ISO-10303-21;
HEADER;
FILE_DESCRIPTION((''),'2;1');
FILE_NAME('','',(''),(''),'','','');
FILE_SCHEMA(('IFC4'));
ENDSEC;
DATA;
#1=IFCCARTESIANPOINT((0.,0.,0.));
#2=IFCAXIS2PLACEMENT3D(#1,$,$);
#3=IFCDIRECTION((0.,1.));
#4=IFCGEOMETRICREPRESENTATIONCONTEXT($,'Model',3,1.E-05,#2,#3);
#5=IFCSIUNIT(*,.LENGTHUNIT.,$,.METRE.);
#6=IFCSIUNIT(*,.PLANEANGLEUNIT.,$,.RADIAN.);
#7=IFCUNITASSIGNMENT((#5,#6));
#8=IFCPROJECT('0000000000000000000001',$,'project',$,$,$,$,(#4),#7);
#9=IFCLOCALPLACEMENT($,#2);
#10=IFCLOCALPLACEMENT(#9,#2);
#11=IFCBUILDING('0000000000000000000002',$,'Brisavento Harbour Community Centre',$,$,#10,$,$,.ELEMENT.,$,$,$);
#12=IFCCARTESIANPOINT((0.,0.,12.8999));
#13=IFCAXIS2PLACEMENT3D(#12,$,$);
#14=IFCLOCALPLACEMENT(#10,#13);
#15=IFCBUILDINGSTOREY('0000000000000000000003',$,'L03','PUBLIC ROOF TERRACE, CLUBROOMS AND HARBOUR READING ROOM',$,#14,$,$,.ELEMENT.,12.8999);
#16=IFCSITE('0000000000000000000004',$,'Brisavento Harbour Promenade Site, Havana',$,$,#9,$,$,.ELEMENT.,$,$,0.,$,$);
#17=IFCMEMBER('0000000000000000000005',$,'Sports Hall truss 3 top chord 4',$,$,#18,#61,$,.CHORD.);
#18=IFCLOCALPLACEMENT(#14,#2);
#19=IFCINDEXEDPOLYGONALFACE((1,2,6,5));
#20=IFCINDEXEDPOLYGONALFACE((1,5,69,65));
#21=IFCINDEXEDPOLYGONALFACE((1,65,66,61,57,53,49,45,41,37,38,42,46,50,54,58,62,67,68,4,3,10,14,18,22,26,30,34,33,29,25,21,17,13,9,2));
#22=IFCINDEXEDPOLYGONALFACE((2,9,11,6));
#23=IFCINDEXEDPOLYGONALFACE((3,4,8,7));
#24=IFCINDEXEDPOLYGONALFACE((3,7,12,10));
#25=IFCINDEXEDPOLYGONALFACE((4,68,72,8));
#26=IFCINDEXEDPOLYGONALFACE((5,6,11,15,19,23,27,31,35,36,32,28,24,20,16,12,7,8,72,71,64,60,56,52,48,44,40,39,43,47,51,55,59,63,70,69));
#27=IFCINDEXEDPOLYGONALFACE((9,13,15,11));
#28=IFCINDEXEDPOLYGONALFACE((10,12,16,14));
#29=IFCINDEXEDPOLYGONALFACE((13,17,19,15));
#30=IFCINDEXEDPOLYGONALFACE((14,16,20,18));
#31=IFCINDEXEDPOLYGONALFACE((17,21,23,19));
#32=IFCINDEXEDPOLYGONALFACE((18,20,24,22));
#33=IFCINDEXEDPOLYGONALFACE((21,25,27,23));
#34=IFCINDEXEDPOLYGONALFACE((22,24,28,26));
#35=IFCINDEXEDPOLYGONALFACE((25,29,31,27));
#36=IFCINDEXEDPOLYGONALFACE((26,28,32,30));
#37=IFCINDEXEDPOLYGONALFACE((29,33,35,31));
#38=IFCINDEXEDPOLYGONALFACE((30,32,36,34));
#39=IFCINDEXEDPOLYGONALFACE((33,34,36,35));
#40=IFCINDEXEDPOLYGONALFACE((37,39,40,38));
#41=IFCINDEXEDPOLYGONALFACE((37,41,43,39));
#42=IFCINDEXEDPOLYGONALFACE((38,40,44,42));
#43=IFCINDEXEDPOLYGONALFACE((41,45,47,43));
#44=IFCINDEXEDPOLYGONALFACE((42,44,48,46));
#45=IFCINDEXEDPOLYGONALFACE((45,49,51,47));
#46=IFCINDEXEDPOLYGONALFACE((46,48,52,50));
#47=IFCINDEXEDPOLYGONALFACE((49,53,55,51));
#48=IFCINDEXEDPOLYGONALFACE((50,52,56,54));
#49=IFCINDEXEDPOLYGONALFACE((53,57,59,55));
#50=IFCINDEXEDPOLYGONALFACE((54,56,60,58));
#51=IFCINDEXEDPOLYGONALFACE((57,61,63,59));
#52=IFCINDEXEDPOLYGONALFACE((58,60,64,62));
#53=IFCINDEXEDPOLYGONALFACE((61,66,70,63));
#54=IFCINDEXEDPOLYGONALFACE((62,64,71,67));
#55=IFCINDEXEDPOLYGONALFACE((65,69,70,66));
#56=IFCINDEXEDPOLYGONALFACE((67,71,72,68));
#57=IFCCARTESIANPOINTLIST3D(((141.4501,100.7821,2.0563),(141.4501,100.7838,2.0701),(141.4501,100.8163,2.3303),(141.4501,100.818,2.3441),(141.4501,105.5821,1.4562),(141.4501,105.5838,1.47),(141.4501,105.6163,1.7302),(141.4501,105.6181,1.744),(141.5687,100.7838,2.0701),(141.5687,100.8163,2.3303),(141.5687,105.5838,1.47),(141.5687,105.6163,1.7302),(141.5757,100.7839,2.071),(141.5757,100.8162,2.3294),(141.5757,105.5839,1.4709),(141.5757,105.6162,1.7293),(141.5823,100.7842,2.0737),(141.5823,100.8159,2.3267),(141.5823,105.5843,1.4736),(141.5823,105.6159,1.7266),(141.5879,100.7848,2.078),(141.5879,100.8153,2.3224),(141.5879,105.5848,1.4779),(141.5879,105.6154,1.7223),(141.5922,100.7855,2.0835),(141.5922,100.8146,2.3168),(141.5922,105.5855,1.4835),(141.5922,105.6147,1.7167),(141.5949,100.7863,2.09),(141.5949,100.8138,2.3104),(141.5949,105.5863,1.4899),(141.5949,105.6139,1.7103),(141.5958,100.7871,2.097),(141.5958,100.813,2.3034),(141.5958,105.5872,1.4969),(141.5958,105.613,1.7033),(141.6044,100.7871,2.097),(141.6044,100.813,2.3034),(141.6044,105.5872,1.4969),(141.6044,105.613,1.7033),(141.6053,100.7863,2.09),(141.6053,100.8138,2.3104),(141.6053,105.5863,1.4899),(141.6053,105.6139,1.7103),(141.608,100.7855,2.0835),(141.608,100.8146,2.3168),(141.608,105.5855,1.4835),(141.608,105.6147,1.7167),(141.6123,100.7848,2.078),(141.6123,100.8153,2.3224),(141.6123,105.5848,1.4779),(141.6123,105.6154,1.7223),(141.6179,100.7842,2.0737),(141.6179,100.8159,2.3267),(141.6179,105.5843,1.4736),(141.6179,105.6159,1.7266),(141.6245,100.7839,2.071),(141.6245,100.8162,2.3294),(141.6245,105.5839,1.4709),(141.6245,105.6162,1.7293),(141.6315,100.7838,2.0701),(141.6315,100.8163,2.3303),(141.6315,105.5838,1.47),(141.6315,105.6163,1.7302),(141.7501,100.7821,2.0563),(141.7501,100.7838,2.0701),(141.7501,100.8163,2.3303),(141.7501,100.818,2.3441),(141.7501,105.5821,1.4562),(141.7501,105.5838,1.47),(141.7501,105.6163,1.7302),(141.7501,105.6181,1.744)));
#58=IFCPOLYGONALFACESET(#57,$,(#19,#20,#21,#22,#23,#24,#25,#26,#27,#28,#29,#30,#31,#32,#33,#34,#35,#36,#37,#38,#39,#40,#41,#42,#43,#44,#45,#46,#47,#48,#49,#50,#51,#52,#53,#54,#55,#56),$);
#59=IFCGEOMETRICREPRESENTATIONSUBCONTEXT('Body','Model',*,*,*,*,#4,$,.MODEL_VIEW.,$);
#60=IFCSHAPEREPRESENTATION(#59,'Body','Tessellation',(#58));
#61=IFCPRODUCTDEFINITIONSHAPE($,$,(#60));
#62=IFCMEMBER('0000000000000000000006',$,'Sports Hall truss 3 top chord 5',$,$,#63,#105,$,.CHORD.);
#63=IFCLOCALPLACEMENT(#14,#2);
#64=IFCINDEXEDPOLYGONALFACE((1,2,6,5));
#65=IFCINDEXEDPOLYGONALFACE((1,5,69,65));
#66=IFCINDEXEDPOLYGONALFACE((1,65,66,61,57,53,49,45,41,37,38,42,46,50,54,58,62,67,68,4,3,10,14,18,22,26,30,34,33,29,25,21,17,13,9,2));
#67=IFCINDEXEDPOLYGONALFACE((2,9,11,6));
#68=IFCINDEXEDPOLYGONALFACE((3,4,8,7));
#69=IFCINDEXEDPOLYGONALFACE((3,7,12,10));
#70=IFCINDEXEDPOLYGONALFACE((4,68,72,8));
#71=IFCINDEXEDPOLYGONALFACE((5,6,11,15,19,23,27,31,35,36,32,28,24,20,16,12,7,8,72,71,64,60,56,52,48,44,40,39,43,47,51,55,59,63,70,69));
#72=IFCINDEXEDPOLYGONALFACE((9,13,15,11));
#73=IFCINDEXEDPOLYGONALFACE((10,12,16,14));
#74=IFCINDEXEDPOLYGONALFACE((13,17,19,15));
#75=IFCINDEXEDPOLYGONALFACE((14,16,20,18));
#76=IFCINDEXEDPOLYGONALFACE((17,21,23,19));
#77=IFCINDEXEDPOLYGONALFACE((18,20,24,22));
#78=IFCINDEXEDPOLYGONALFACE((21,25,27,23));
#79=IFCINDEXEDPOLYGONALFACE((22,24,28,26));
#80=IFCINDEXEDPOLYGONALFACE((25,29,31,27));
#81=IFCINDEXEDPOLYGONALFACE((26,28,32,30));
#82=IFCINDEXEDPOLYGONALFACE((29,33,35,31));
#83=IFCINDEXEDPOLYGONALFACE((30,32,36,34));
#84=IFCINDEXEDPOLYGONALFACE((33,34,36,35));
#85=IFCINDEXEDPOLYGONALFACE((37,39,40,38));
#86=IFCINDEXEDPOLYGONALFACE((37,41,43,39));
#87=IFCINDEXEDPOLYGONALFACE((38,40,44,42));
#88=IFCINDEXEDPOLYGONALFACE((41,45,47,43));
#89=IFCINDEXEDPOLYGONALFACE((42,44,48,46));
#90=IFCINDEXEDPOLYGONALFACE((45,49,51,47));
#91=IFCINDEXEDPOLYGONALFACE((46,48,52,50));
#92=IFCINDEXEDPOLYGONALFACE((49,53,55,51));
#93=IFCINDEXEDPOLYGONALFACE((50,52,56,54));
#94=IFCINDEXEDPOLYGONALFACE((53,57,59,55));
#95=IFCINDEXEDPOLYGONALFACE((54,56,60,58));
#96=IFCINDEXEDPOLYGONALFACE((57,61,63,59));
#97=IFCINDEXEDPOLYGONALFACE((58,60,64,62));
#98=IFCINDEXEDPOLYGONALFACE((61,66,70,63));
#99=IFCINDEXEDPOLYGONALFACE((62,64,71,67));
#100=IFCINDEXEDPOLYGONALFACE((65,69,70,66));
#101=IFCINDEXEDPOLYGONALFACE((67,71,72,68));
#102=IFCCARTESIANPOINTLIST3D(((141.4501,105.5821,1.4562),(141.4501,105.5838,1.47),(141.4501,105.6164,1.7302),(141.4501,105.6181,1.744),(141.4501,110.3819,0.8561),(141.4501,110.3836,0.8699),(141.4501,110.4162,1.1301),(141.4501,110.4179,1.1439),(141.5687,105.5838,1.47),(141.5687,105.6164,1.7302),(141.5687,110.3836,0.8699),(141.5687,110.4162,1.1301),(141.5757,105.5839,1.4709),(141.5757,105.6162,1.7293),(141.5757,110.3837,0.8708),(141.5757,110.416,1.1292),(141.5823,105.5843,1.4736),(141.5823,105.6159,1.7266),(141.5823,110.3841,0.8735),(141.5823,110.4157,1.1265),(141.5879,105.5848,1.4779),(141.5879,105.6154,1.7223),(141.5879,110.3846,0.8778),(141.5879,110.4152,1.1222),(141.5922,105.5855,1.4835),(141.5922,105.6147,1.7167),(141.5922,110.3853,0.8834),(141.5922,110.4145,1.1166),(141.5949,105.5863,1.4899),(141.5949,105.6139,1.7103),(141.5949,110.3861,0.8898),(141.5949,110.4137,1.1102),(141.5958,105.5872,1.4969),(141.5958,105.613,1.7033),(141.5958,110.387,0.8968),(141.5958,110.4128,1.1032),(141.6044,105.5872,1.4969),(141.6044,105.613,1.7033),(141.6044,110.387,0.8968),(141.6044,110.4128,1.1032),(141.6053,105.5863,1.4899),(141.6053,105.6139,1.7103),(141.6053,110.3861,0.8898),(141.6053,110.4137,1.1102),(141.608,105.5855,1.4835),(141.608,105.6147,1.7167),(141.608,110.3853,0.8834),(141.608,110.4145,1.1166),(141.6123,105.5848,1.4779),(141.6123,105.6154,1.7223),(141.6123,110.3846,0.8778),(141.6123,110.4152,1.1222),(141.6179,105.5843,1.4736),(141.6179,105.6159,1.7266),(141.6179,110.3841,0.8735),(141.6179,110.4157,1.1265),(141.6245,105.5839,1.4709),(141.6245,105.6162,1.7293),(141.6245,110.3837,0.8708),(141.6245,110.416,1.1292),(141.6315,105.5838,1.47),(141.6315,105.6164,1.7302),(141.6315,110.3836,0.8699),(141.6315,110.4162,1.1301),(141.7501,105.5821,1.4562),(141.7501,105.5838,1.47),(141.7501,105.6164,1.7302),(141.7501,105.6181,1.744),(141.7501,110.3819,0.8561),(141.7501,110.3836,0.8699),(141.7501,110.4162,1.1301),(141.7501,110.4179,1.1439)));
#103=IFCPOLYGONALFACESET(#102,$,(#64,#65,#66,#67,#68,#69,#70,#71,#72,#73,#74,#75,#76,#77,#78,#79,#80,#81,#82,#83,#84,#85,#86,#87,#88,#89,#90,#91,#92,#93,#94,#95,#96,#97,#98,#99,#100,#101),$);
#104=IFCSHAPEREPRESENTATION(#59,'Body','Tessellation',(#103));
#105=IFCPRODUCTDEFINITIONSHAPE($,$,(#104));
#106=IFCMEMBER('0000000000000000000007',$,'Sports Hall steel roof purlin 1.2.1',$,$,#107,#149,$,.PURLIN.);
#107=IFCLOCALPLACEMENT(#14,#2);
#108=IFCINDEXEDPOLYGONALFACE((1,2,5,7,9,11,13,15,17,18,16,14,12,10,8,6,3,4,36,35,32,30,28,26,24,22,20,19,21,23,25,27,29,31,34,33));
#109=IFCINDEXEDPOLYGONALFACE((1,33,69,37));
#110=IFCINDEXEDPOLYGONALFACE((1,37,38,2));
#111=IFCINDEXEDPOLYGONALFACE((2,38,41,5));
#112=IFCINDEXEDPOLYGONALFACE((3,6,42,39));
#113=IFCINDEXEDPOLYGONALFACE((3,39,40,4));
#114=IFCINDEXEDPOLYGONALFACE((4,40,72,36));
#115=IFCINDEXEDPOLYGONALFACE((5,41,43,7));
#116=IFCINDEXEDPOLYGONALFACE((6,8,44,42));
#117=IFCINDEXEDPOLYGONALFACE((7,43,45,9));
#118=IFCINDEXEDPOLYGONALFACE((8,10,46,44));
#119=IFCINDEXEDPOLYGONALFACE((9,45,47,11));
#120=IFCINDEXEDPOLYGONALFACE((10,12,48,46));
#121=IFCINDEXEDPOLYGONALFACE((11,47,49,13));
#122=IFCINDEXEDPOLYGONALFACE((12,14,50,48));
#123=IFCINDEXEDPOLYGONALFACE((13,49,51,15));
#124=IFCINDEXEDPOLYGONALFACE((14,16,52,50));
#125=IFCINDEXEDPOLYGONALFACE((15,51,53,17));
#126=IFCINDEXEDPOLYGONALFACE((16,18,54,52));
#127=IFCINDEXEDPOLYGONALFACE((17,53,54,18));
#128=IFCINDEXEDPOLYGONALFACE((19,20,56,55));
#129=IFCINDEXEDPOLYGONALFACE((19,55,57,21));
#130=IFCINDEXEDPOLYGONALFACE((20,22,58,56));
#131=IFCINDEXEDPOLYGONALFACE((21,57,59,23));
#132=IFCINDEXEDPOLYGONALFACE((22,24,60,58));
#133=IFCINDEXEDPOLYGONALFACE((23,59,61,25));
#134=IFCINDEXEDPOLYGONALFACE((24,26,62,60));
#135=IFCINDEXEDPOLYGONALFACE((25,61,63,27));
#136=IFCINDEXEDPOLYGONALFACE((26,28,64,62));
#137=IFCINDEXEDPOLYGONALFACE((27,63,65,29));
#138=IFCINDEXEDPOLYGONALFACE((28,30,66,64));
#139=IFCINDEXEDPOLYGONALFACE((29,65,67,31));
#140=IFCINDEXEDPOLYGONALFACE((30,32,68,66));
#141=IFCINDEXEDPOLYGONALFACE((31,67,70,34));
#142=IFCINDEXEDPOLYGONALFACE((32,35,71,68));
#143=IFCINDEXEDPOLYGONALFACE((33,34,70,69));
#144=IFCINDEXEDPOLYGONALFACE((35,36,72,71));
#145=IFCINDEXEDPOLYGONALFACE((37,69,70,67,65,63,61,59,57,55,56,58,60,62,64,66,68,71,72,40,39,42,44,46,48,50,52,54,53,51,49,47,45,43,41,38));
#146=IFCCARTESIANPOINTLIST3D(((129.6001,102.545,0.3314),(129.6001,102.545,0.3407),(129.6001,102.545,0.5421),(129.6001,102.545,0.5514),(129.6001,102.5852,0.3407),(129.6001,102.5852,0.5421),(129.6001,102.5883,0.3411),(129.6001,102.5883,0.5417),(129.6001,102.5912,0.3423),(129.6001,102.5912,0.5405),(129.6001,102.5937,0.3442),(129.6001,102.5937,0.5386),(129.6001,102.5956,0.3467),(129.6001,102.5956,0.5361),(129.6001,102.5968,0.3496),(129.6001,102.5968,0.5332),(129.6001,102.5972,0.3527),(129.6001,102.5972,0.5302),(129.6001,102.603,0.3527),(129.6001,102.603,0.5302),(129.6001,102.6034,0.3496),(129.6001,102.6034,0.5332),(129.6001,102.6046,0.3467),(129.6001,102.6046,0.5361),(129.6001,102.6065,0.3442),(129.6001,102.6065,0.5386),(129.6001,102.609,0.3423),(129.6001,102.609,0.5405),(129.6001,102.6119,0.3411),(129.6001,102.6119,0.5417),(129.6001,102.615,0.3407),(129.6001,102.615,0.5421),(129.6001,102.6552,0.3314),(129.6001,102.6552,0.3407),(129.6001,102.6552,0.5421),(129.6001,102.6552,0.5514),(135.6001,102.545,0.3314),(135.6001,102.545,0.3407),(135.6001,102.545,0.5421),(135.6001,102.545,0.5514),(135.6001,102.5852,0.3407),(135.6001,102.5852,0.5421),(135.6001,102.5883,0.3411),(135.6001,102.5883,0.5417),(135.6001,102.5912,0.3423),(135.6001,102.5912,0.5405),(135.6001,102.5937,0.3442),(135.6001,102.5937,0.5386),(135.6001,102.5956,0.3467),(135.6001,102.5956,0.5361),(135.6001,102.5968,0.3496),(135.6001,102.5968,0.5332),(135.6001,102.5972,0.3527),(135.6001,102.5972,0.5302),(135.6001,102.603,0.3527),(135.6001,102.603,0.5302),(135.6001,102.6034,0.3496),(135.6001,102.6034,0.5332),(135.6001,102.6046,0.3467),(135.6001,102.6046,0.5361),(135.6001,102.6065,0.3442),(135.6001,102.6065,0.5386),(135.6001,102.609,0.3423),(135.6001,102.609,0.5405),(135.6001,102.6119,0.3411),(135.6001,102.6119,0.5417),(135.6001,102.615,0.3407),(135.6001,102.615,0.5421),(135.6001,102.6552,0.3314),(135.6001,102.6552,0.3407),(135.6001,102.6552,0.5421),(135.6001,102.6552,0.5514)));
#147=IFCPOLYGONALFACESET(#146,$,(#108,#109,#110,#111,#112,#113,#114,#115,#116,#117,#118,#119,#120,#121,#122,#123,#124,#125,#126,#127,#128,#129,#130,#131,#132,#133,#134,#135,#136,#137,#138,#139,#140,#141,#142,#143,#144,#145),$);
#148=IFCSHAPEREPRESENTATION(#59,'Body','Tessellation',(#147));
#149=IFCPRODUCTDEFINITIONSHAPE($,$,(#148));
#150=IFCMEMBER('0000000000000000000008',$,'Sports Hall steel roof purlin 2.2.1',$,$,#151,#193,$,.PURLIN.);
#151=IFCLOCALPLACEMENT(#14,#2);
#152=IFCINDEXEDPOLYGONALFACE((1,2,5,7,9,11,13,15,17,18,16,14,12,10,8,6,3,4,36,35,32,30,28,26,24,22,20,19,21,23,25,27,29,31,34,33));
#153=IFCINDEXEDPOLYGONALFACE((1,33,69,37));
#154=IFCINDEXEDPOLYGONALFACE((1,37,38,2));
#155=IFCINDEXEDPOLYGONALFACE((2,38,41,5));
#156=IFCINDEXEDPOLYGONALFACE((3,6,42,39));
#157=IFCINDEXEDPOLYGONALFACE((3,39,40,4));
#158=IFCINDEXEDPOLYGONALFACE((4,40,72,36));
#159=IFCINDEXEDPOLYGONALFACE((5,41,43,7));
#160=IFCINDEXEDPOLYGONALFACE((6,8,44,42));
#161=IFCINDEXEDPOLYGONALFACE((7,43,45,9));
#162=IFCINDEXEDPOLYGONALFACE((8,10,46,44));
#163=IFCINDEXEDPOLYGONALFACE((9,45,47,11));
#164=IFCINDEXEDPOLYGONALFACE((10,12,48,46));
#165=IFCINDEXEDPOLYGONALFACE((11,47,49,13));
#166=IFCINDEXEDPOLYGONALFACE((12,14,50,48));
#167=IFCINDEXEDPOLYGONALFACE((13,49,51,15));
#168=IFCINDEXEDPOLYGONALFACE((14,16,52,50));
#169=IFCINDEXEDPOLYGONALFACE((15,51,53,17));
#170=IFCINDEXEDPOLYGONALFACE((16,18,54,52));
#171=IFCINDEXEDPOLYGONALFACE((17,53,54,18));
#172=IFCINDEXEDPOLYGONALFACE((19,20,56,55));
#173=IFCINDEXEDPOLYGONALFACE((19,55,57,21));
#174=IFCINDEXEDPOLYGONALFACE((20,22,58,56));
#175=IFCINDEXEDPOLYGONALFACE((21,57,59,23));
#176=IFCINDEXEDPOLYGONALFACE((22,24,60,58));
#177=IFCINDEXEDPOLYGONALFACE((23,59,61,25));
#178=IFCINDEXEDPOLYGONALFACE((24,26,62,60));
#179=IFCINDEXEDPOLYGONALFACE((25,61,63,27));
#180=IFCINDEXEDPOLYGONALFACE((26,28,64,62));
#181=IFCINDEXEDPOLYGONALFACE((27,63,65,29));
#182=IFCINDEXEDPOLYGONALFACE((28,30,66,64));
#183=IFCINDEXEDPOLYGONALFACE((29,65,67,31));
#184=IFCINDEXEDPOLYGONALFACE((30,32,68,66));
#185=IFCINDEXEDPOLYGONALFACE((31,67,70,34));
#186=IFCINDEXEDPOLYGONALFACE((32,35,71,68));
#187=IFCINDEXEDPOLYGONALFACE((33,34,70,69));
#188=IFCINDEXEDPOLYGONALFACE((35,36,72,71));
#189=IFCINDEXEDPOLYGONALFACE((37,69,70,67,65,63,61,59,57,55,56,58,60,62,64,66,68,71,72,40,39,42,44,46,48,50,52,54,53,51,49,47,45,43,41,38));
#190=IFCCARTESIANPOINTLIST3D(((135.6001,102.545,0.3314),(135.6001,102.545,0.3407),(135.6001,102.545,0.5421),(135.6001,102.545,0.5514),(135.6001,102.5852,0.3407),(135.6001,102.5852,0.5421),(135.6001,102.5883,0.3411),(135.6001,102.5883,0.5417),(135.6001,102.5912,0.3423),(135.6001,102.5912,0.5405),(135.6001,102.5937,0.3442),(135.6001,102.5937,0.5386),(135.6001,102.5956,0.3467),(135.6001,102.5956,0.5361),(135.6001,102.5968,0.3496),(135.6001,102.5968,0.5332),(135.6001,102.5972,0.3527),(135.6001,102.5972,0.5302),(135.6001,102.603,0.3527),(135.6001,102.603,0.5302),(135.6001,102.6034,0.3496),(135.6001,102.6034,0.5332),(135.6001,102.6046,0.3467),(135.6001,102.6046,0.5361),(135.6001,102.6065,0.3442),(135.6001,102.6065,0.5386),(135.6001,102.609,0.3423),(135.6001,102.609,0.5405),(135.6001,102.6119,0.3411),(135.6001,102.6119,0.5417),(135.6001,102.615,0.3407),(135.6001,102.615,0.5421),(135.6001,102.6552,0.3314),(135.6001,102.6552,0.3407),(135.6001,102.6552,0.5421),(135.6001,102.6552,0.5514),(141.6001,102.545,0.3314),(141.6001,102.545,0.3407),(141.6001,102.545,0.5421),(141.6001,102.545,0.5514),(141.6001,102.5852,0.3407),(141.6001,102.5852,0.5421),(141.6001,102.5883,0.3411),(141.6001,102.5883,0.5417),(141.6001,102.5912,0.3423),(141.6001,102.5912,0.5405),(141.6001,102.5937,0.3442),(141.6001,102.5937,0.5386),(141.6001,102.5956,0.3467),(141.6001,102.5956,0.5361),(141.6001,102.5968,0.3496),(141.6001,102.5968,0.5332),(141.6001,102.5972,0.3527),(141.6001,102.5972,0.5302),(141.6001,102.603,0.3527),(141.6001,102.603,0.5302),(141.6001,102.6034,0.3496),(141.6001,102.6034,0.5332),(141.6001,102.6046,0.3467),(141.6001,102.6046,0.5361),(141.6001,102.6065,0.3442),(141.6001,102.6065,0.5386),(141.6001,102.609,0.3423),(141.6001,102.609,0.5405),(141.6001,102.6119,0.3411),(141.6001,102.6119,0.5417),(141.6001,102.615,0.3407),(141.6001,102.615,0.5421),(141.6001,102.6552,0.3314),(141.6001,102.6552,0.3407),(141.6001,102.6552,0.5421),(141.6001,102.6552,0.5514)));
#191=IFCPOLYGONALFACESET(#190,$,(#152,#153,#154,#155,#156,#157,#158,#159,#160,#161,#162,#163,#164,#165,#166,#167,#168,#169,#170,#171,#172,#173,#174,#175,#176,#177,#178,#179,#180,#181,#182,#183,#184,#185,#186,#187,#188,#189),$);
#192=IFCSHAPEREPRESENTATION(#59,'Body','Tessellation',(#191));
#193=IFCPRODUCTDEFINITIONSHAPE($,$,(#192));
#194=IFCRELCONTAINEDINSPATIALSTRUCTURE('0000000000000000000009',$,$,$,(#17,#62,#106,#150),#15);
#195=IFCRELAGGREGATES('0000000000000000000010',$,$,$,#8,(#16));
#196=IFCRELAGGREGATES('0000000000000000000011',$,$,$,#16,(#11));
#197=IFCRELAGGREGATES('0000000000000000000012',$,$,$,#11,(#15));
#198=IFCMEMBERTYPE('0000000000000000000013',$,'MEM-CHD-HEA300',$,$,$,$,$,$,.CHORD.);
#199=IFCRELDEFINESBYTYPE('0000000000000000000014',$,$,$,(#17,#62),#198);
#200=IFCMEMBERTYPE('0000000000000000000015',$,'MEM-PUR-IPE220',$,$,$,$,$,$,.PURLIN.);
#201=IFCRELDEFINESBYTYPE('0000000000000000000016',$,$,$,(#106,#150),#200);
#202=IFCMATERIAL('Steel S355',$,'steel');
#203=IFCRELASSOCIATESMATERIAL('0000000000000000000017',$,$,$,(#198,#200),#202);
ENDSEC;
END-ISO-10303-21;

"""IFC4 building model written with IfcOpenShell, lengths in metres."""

from ifc_helpers import new_model, si_unit, direction, frame, origin, origin_2d, place, context, subcontext, project, spatial, i_section, extrude, material, material_profile, profile_set, type_object, element, save


model = new_model("IFC4")

# Units and contexts
model_context = context("Model", 3, precision=1e-05, world=origin(), true_north=direction((0.0, 1.0)))
body_context = subcontext(model_context, "Body", "Model", "MODEL_VIEW")
ifc_project = project(units=[si_unit("LENGTHUNIT", "METRE"), si_unit("PLANEANGLEUNIT", "RADIAN")], contexts=[model_context])

# Site, building, storey
site_placement = place(None, origin())
site = spatial("IfcSite", under=ifc_project, at=site_placement, Name="Brisavento Harbour Promenade Site, Havana", CompositionType="ELEMENT", RefElevation=0.0)
building_placement = place(site_placement, origin())
building = spatial("IfcBuilding", under=site, at=building_placement, Name="Brisavento Harbour Community Centre", CompositionType="ELEMENT")
storey_placement = place(building_placement, frame((0.0, 0.0, 12.8999)))
storey = spatial("IfcBuildingStorey", under=building, at=storey_placement, Name="L03", Description="PUBLIC ROOF TERRACE, CLUBROOMS AND HARBOUR READING ROOM", CompositionType="ELEMENT", Elevation=12.8999)

# Members
ifc_material_1 = material(Name="Steel S355", Category="steel")
ifc_material_profile_1 = material_profile(ifc_material_1, i_section(OverallWidth=0.3, OverallDepth=0.29, WebThickness=0.0085, FlangeThickness=0.0139, FilletRadius=0.0271, at=origin_2d()), Name="Steel S355")
ifc_profile_set_1 = profile_set([ifc_material_profile_1], Name="Steel S355")
member_type_1 = type_object("IfcMemberType", Name="MEM-CHD-HEA300", PredefinedType="CHORD", material=ifc_profile_set_1)
member_1_placement = place(storey_placement, frame((141.6001, 100.8, 2.2002), z_axis=(0.0, 0.992276, -0.124053), x_axis=(-1.0, 0.0, 0.0)))
element("IfcMember", 1, at=member_1_placement, inside=storey, type_object=member_type_1, Name="Sports Hall truss 3 top chord 4", PredefinedType="CHORD", context=body_context, shape_type="SweptSolid", body=[
    extrude(i_section(OverallWidth=0.3, OverallDepth=0.29, WebThickness=0.0085, FlangeThickness=0.0139, FilletRadius=0.0271, at=origin_2d()), origin(), (0.0, 0.0, 1.0), 4.8374),
])
member_2_placement = place(storey_placement, frame((141.6001, 105.6001, 1.6001), z_axis=(0.0, 0.992275, -0.12406), x_axis=(-1.0, 0.0, 0.0)))
element("IfcMember", 2, at=member_2_placement, inside=storey, type_object=member_type_1, Name="Sports Hall truss 3 top chord 5", PredefinedType="CHORD", context=body_context, shape_type="SweptSolid", body=[
    extrude(i_section(OverallWidth=0.3, OverallDepth=0.29, WebThickness=0.0085, FlangeThickness=0.0139, FilletRadius=0.0271, at=origin_2d()), origin(), (0.0, 0.0, 1.0), 4.8372),
])
ifc_material_profile_2 = material_profile(ifc_material_1, i_section(OverallWidth=0.1101, OverallDepth=0.22, WebThickness=0.0059, FlangeThickness=0.0093, FilletRadius=0.012, at=origin_2d()), Name="Steel S355")
ifc_profile_set_2 = profile_set([ifc_material_profile_2], Name="Steel S355")
member_type_2 = type_object("IfcMemberType", Name="MEM-PUR-IPE220", PredefinedType="PURLIN", material=ifc_profile_set_2)
for number, where, z_axis, x_axis, name in (
    (3, (129.6001, 102.6001, 0.4414), (1.0, 0.0, 0.0), (0.0, 1.0, 0.0), "Sports Hall steel roof purlin 1.2.1"),
    (4, (135.6001, 102.6001, 0.4414), (1.0, 0.0, 0.0), (0.0, 1.0, 0.0), "Sports Hall steel roof purlin 2.2.1"),
):
    element("IfcMember", number, at=place(storey_placement, frame(where, z_axis=z_axis, x_axis=x_axis)), inside=storey, type_object=member_type_2, Name=name, PredefinedType="PURLIN", context=body_context, shape_type="SweptSolid", body=[
        extrude(i_section(OverallWidth=0.1101, OverallDepth=0.22, WebThickness=0.0059, FlangeThickness=0.0093, FilletRadius=0.012, at=origin_2d()), origin(), (0.0, 0.0, 1.0), 6.0),
    ])

save(model, "model.ifc")
